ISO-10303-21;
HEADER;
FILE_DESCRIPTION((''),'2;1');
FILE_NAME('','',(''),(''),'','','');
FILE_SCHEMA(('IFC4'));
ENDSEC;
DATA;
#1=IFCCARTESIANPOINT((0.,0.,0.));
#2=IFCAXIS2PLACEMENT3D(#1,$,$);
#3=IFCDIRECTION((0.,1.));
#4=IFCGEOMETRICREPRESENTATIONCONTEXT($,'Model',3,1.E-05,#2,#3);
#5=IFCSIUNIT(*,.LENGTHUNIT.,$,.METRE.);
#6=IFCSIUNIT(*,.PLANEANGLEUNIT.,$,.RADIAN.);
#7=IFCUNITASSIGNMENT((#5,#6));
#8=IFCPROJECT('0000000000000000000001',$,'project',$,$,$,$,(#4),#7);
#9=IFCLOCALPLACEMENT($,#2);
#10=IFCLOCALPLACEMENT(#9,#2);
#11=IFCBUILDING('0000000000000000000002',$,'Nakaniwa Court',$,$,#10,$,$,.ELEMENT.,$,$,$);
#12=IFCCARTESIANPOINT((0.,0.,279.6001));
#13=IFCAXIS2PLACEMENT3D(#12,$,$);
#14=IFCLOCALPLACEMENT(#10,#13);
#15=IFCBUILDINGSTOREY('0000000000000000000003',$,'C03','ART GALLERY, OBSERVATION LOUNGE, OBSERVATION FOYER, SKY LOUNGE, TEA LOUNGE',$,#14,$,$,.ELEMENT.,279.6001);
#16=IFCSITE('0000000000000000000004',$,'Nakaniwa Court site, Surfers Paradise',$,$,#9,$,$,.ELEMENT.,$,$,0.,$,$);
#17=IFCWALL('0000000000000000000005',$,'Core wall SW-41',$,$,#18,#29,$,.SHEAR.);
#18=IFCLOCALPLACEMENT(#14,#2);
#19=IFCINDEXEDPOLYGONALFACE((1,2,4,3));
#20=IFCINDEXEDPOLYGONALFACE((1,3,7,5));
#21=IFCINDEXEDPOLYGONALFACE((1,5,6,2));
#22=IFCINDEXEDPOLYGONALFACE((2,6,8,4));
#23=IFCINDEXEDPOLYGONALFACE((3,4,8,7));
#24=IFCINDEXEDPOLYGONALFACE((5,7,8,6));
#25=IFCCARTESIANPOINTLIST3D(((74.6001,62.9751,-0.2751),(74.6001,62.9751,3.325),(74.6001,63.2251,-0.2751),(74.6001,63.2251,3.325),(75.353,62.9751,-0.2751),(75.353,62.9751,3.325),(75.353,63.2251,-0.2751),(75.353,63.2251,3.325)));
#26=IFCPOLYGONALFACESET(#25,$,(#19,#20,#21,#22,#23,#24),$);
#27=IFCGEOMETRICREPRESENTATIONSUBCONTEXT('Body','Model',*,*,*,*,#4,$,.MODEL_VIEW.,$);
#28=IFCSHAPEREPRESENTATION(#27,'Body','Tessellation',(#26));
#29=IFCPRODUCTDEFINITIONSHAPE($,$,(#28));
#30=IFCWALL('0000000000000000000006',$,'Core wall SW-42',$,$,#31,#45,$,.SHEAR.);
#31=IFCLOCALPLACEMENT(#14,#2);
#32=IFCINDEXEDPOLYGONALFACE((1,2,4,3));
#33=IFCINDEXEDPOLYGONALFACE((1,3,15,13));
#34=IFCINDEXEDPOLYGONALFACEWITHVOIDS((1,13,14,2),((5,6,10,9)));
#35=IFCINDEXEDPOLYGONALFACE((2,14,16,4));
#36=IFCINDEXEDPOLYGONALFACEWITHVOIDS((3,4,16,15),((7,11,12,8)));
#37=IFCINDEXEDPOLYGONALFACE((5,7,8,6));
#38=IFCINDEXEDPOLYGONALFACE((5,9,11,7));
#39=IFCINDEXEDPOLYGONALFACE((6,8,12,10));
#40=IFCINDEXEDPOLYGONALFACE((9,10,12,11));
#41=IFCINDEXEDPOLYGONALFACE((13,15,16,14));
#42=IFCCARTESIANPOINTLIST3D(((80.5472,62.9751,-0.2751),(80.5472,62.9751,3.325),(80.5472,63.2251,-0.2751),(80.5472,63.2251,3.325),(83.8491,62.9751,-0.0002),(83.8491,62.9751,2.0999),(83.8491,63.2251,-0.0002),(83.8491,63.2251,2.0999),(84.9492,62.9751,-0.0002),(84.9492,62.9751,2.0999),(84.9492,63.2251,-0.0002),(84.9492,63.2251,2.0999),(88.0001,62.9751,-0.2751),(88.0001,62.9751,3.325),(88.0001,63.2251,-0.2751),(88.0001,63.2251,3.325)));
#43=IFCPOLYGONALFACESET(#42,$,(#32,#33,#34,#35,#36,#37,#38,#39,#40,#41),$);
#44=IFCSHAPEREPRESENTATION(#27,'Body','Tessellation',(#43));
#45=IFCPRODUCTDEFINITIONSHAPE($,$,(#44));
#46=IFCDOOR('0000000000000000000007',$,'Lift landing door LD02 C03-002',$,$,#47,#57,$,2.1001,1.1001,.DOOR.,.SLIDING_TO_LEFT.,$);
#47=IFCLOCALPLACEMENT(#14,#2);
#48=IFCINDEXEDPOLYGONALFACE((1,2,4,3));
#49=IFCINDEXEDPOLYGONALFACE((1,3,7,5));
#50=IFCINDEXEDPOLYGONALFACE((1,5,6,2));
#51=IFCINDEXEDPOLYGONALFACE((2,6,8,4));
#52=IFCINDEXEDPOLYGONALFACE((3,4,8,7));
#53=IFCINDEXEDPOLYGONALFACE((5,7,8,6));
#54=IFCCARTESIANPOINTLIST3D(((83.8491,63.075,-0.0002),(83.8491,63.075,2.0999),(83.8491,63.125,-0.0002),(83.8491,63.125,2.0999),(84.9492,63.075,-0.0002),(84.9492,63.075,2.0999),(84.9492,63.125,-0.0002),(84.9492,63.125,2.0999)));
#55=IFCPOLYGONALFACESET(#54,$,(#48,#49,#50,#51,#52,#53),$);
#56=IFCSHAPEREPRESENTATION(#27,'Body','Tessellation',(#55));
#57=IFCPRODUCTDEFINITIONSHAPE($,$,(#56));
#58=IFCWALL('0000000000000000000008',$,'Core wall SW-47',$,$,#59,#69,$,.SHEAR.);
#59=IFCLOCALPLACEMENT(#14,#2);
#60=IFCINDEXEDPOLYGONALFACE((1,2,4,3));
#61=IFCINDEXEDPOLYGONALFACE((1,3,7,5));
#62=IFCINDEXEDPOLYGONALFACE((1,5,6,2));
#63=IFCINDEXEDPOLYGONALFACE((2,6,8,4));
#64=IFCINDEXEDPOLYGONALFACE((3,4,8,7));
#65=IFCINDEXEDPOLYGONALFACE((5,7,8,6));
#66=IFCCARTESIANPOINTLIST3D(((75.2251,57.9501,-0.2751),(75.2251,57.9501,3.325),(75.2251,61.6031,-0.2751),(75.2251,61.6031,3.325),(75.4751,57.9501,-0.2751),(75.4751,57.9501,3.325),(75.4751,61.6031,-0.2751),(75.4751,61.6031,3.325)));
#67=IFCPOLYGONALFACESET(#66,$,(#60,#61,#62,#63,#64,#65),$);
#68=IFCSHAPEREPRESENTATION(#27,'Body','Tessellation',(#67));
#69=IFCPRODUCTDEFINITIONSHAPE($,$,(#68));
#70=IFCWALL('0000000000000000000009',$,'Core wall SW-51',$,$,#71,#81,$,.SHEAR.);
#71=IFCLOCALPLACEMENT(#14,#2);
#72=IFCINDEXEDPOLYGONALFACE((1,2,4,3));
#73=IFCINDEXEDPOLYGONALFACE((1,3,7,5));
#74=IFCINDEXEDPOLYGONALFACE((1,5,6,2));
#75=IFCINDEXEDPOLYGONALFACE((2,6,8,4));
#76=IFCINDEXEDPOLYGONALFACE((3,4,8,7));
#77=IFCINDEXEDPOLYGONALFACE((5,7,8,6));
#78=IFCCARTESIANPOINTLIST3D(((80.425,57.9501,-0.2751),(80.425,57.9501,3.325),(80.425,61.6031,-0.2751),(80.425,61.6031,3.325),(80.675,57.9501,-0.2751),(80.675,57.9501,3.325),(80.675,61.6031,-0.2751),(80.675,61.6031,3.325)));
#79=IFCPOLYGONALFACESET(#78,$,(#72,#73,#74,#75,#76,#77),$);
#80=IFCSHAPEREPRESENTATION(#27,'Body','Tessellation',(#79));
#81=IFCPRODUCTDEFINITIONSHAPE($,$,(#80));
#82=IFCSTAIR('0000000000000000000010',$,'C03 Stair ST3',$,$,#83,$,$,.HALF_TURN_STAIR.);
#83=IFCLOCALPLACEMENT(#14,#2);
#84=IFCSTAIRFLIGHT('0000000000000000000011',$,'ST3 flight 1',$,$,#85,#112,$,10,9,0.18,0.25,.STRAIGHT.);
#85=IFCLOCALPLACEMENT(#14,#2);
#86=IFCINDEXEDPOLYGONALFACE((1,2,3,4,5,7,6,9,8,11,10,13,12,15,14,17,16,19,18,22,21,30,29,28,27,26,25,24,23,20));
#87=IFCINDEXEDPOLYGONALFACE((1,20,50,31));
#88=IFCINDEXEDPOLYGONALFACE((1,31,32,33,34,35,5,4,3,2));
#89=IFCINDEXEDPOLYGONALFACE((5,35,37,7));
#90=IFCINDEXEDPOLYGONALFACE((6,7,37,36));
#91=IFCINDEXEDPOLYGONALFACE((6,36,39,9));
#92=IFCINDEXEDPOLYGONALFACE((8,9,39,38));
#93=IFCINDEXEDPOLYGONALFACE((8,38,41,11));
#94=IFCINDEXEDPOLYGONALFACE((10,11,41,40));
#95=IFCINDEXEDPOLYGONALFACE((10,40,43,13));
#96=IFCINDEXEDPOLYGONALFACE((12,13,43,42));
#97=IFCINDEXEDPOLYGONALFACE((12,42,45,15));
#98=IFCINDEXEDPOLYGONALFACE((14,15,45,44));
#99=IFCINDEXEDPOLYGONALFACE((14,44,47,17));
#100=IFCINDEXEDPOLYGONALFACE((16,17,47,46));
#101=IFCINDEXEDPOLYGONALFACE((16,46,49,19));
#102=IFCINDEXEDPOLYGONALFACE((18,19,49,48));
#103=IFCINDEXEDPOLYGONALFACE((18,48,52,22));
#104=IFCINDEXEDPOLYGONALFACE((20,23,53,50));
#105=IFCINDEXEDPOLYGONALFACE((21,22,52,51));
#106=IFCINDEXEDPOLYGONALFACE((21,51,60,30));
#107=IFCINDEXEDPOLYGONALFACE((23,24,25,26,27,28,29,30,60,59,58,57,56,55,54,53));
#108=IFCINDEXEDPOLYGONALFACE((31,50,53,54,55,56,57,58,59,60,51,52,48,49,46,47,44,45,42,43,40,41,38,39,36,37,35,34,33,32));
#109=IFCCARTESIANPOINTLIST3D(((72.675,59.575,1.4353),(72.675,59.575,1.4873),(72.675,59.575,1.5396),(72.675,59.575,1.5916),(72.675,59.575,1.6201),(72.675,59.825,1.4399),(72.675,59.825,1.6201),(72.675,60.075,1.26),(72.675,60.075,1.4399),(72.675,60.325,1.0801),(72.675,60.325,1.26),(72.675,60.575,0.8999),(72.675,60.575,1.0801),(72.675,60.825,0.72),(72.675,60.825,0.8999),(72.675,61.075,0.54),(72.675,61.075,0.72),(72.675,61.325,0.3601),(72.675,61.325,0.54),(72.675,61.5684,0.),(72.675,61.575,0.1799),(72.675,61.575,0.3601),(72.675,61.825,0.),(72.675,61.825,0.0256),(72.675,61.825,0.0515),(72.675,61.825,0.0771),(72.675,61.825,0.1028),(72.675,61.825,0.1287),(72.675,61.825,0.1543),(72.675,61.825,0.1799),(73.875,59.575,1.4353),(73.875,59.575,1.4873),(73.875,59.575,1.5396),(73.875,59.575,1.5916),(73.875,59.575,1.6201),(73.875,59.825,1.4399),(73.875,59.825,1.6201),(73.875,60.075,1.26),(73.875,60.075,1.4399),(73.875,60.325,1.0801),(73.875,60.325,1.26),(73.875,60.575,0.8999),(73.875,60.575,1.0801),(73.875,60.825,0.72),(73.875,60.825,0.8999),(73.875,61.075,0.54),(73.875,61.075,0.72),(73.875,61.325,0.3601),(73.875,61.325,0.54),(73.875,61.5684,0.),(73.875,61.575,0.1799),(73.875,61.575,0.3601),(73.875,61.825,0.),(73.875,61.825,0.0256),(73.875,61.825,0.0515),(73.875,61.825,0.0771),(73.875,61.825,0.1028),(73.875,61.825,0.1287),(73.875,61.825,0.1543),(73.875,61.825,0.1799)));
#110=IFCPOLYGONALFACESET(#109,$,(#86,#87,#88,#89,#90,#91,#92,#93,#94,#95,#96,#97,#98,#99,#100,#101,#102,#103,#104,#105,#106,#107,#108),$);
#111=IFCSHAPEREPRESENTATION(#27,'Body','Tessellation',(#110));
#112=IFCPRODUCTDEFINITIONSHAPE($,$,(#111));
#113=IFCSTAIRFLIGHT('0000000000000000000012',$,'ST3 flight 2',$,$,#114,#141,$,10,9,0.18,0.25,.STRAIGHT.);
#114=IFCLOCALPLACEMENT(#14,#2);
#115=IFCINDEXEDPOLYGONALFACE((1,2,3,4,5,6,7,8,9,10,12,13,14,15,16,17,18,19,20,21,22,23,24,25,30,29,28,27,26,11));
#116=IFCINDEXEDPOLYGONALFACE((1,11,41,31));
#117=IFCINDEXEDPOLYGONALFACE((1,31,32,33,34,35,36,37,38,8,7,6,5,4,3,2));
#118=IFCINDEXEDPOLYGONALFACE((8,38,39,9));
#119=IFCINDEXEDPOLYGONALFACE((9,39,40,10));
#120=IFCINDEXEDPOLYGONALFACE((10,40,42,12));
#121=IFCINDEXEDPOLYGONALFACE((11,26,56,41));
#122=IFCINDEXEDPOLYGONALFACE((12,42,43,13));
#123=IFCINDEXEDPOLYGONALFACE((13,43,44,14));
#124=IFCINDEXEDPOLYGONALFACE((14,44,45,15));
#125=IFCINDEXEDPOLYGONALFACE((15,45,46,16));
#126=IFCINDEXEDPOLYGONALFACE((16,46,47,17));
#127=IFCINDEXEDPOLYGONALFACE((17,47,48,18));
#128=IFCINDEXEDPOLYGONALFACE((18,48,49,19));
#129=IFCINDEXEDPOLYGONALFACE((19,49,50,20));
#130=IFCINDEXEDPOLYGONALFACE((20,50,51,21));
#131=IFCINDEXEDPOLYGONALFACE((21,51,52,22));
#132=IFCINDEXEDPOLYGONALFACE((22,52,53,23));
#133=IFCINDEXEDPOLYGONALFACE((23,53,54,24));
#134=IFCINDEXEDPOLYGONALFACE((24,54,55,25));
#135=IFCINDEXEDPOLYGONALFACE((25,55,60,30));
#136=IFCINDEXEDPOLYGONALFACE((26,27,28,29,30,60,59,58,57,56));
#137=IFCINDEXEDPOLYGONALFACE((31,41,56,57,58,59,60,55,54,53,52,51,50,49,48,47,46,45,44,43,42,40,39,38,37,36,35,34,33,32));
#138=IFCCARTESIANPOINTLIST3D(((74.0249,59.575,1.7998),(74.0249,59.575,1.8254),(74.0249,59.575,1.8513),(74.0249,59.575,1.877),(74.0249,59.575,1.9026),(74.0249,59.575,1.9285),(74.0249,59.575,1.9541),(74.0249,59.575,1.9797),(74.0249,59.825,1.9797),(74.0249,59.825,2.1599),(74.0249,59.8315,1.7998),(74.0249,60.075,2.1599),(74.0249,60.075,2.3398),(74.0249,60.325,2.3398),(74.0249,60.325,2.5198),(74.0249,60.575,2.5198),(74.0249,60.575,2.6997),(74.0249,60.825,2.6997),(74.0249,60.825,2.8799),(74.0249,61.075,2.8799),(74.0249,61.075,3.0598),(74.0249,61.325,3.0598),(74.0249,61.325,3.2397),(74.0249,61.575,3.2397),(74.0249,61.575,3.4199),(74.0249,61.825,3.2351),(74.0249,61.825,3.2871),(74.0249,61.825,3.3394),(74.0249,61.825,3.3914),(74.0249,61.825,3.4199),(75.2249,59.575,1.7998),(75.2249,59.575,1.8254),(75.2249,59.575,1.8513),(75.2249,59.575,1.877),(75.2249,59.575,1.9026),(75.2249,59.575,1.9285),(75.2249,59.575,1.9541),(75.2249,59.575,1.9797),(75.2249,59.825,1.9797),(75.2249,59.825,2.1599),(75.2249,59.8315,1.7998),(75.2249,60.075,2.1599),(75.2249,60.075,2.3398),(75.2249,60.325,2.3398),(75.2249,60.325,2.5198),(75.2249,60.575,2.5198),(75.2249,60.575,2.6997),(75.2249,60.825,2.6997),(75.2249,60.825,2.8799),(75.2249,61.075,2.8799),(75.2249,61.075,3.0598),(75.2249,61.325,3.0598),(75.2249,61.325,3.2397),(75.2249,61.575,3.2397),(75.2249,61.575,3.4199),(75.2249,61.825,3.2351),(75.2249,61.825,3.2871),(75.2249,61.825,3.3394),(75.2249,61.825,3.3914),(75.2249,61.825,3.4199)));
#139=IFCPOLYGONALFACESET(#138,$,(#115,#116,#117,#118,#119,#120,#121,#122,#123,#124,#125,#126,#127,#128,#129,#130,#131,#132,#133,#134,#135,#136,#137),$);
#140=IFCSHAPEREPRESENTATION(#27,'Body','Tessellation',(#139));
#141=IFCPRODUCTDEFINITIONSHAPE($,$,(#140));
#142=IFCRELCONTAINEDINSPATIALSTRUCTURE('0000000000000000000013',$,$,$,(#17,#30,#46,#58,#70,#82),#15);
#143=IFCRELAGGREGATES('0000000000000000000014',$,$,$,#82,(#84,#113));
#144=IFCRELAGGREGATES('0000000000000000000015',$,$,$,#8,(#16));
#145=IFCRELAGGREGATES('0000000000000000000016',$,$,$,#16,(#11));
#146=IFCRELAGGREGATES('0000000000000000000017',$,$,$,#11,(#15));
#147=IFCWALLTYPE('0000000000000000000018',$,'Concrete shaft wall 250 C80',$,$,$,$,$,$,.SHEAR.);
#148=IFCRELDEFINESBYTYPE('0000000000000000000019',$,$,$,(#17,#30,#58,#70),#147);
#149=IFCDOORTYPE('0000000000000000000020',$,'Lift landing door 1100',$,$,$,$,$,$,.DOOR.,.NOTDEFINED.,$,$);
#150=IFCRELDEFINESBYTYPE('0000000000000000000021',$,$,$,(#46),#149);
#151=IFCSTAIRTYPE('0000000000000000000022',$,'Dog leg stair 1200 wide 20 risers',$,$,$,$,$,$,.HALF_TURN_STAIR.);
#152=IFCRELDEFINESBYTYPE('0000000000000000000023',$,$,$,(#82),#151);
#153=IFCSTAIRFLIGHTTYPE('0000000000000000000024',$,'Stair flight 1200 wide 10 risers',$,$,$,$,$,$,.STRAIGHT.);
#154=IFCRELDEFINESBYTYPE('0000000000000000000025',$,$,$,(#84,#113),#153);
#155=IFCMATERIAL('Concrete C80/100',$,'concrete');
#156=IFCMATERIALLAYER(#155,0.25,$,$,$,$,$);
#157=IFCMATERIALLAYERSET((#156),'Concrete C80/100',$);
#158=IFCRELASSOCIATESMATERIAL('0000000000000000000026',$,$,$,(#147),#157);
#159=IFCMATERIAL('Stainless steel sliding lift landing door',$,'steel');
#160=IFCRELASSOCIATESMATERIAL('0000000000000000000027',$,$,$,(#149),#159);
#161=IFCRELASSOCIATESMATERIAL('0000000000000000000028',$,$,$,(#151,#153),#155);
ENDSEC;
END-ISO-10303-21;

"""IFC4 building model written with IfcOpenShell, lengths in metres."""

from ifc_helpers import new_model, si_unit, direction, frame, frame_2d, origin, place, context, subcontext, project, spatial, polyline, rectangle, outline, extrude, material, layer, layer_set, type_object, element, fill, aggregate, save


model = new_model("IFC4")

# Units and contexts
model_context = context("Model", 3, precision=1e-05, world=origin(), true_north=direction((0.0, 1.0)))
body_context = subcontext(model_context, "Body", "Model", "MODEL_VIEW")
ifc_project = project(units=[si_unit("LENGTHUNIT", "METRE"), si_unit("PLANEANGLEUNIT", "RADIAN")], contexts=[model_context])

# Site, building, storey
site_placement = place(None, origin())
site = spatial("IfcSite", under=ifc_project, at=site_placement, Name="Nakaniwa Court site, Surfers Paradise", CompositionType="ELEMENT", RefElevation=0.0)
building_placement = place(site_placement, origin())
building = spatial("IfcBuilding", under=site, at=building_placement, Name="Nakaniwa Court", CompositionType="ELEMENT")
storey_placement = place(building_placement, frame((0.0, 0.0, 279.6001)))
storey = spatial("IfcBuildingStorey", under=building, at=storey_placement, Name="C03", Description="ART GALLERY, OBSERVATION LOUNGE, OBSERVATION FOYER, SKY LOUNGE, TEA LOUNGE", CompositionType="ELEMENT", Elevation=279.6001)

# Wall
ifc_material_1 = material(Name="Concrete C80/100", Category="concrete")
ifc_layer_1 = layer(ifc_material_1, 0.25)
ifc_layer_set_1 = layer_set([ifc_layer_1], Name="Concrete C80/100")
wall_type_1 = type_object("IfcWallType", Name="Concrete shaft wall 250 C80", PredefinedType="SHEAR", material=ifc_layer_set_1)
wall_1_placement = place(storey_placement, frame((74.6001, 63.1001, -0.2751), z_axis=(0.0, 0.0, 1.0), x_axis=(1.0, 0.0, 0.0)))
element("IfcWall", 1, at=wall_1_placement, inside=storey, type_object=wall_type_1, Name="Core wall SW-41", PredefinedType="SHEAR", context=body_context, shape_type="SweptSolid", body=[
    extrude(rectangle(XDim=0.7529, YDim=0.25, at=frame_2d((0.3765, 0.0))), origin(), (0.0, 0.0, 1.0), 3.6001),
])

# Wall, opening, door
wall_2_placement = place(storey_placement, frame((80.5471, 63.1001, -0.2751), z_axis=(0.0, 0.0, 1.0), x_axis=(1.0, 0.0, 0.0)))
wall_2 = element("IfcWall", 2, at=wall_2_placement, inside=storey, type_object=wall_type_1, Name="Core wall SW-42", PredefinedType="SHEAR", context=body_context, shape_type="SweptSolid", body=[
    extrude(rectangle(XDim=7.4529, YDim=0.25, at=frame_2d((3.7266, 0.0))), origin(), (0.0, 0.0, 1.0), 3.6001),
])
opening_1_placement = place(wall_2_placement, frame((3.302, 0.0, 0.2749)))
opening_1 = element("IfcOpeningElement", 3, at=opening_1_placement, cuts=wall_2, PredefinedType="OPENING", context=body_context, shape_type="SweptSolid", body=[
    extrude(rectangle(XDim=1.1001, YDim=2.1001, at=frame_2d((0.55, 1.05))), frame((0.0, 0.135, 0.0), z_axis=(0.0, -1.0, 0.0), x_axis=(1.0, 0.0, 0.0)), (0.0, 0.0, 1.0), 0.27),
])
ifc_material_2 = material(Name="Stainless steel sliding lift landing door", Category="steel")
door_type_1 = type_object("IfcDoorType", Name="Lift landing door 1100", OperationType="NOTDEFINED", PredefinedType="DOOR", material=ifc_material_2)
door_1_placement = place(opening_1_placement, origin())
door_1 = element("IfcDoor", 4, at=door_1_placement, inside=storey, type_object=door_type_1, Name="Lift landing door LD02 C03-002", OperationType="SLIDING_TO_LEFT", OverallHeight=2.1001, OverallWidth=1.1001, PredefinedType="DOOR", context=body_context, shape_type="SweptSolid", body=[
    extrude(rectangle(XDim=1.1001, YDim=2.1001, at=frame_2d((0.55, 1.05))), frame((0.0, 0.0249, 0.0), z_axis=(0.0, -1.0, 0.0), x_axis=(1.0, 0.0, 0.0)), (0.0, 0.0, 1.0), 0.05),
])
fill(opening_1, door_1)

# Walls
for number, where, z_axis, x_axis, name in (
    (5, (75.3501, 57.95, -0.2751), (0.0, 0.0, 1.0), (0.0, 1.0, 0.0), "Core wall SW-47"),
    (6, (80.55, 57.95, -0.2751), (0.0, 0.0, 1.0), (0.0, 1.0, 0.0), "Core wall SW-51"),
):
    element("IfcWall", number, at=place(storey_placement, frame(where, z_axis=z_axis, x_axis=x_axis)), inside=storey, type_object=wall_type_1, Name=name, PredefinedType="SHEAR", context=body_context, shape_type="SweptSolid", body=[
        extrude(rectangle(XDim=3.6531, YDim=0.25, at=frame_2d((1.8267, 0.0))), origin(), (0.0, 0.0, 1.0), 3.6001),
    ])

# Stair, stair flights
stair_type = type_object("IfcStairType", Name="Dog leg stair 1200 wide 20 risers", PredefinedType="HALF_TURN_STAIR", material=ifc_material_1)
stair_1_placement = place(storey_placement, origin())
stair_1 = element("IfcStair", 7, at=stair_1_placement, inside=storey, type_object=stair_type, Name="C03 Stair ST3", PredefinedType="HALF_TURN_STAIR")
stair_flight_type = type_object("IfcStairFlightType", Name="Stair flight 1200 wide 10 risers", PredefinedType="STRAIGHT", material=ifc_material_1)
stair_flight_1_placement = place(storey_placement, frame((73.2749, 61.825, 0.0), z_axis=(0.0, 0.0, 1.0), x_axis=(0.0, -1.0, 0.0)))
stair_flight_1 = element("IfcStairFlight", 8, at=stair_flight_1_placement, type_object=stair_flight_type, Name="ST3 flight 1", NumberOfRisers=10, NumberOfTreads=9, PredefinedType="STRAIGHT", RiserHeight=0.18, TreadLength=0.25, context=body_context, shape_type="SweptSolid", body=[
    extrude(outline(polyline([(0.0, 0.0), (0.0, 0.0256), (0.0, 0.0515), (0.0, 0.0771), (0.0, 0.1028), (0.0, 0.1287), (0.0, 0.1543), (0.0, 0.1799), (0.25, 0.1799), (0.25, 0.3601), (0.5, 0.3601), (0.5, 0.54), (0.75, 0.54), (0.75, 0.72), (1.0, 0.72), (1.0, 0.8999), (1.25, 0.8999), (1.25, 1.0801), (1.5, 1.0801), (1.5, 1.26), (1.75, 1.26), (1.75, 1.4399), (2.0, 1.4399), (2.0, 1.6201), (2.25, 1.6201), (2.25, 1.8), (2.25, 1.7478), (2.25, 1.6958), (2.25, 1.6438), (2.25, 1.5916), (2.25, 1.5396), (2.25, 1.4873), (2.25, 1.4353), (0.2566, 0.0), (0.0, 0.0)])), frame((0.0, 0.6001, 0.0), z_axis=(0.0, -1.0, 0.0), x_axis=(1.0, 0.0, 0.0)), (0.0, 0.0, 1.0), 1.2),
])
stair_flight_2_placement = place(storey_placement, frame((74.625, 59.575, 1.7998), z_axis=(0.0, 0.0, 1.0), x_axis=(0.0, 1.0, 0.0)))
stair_flight_2 = element("IfcStairFlight", 9, at=stair_flight_2_placement, type_object=stair_flight_type, Name="ST3 flight 2", NumberOfRisers=10, NumberOfTreads=9, PredefinedType="STRAIGHT", RiserHeight=0.18, TreadLength=0.25, context=body_context, shape_type="SweptSolid", body=[
    extrude(outline(polyline([(0.0, 0.0), (0.0, 0.0256), (0.0, 0.0515), (0.0, 0.0771), (0.0, 0.1028), (0.0, 0.1287), (0.0, 0.1543), (0.0, 0.1799), (0.25, 0.1799), (0.25, 0.3601), (0.5, 0.3601), (0.5, 0.54), (0.75, 0.54), (0.75, 0.72), (1.0, 0.72), (1.0, 0.8999), (1.25, 0.8999), (1.25, 1.0801), (1.5, 1.0801), (1.5, 1.26), (1.75, 1.26), (1.75, 1.4399), (2.0, 1.4399), (2.0, 1.6201), (2.25, 1.6201), (2.25, 1.8), (2.25, 1.7478), (2.25, 1.6958), (2.25, 1.6438), (2.25, 1.5916), (2.25, 1.5396), (2.25, 1.4873), (2.25, 1.4353), (0.2566, 0.0), (0.0, 0.0)])), frame((0.0, 0.6001, 0.0), z_axis=(0.0, -1.0, 0.0), x_axis=(1.0, 0.0, 0.0)), (0.0, 0.0, 1.0), 1.2),
])
aggregate(stair_1, [stair_flight_1, stair_flight_2])

save(model, "model.ifc")
